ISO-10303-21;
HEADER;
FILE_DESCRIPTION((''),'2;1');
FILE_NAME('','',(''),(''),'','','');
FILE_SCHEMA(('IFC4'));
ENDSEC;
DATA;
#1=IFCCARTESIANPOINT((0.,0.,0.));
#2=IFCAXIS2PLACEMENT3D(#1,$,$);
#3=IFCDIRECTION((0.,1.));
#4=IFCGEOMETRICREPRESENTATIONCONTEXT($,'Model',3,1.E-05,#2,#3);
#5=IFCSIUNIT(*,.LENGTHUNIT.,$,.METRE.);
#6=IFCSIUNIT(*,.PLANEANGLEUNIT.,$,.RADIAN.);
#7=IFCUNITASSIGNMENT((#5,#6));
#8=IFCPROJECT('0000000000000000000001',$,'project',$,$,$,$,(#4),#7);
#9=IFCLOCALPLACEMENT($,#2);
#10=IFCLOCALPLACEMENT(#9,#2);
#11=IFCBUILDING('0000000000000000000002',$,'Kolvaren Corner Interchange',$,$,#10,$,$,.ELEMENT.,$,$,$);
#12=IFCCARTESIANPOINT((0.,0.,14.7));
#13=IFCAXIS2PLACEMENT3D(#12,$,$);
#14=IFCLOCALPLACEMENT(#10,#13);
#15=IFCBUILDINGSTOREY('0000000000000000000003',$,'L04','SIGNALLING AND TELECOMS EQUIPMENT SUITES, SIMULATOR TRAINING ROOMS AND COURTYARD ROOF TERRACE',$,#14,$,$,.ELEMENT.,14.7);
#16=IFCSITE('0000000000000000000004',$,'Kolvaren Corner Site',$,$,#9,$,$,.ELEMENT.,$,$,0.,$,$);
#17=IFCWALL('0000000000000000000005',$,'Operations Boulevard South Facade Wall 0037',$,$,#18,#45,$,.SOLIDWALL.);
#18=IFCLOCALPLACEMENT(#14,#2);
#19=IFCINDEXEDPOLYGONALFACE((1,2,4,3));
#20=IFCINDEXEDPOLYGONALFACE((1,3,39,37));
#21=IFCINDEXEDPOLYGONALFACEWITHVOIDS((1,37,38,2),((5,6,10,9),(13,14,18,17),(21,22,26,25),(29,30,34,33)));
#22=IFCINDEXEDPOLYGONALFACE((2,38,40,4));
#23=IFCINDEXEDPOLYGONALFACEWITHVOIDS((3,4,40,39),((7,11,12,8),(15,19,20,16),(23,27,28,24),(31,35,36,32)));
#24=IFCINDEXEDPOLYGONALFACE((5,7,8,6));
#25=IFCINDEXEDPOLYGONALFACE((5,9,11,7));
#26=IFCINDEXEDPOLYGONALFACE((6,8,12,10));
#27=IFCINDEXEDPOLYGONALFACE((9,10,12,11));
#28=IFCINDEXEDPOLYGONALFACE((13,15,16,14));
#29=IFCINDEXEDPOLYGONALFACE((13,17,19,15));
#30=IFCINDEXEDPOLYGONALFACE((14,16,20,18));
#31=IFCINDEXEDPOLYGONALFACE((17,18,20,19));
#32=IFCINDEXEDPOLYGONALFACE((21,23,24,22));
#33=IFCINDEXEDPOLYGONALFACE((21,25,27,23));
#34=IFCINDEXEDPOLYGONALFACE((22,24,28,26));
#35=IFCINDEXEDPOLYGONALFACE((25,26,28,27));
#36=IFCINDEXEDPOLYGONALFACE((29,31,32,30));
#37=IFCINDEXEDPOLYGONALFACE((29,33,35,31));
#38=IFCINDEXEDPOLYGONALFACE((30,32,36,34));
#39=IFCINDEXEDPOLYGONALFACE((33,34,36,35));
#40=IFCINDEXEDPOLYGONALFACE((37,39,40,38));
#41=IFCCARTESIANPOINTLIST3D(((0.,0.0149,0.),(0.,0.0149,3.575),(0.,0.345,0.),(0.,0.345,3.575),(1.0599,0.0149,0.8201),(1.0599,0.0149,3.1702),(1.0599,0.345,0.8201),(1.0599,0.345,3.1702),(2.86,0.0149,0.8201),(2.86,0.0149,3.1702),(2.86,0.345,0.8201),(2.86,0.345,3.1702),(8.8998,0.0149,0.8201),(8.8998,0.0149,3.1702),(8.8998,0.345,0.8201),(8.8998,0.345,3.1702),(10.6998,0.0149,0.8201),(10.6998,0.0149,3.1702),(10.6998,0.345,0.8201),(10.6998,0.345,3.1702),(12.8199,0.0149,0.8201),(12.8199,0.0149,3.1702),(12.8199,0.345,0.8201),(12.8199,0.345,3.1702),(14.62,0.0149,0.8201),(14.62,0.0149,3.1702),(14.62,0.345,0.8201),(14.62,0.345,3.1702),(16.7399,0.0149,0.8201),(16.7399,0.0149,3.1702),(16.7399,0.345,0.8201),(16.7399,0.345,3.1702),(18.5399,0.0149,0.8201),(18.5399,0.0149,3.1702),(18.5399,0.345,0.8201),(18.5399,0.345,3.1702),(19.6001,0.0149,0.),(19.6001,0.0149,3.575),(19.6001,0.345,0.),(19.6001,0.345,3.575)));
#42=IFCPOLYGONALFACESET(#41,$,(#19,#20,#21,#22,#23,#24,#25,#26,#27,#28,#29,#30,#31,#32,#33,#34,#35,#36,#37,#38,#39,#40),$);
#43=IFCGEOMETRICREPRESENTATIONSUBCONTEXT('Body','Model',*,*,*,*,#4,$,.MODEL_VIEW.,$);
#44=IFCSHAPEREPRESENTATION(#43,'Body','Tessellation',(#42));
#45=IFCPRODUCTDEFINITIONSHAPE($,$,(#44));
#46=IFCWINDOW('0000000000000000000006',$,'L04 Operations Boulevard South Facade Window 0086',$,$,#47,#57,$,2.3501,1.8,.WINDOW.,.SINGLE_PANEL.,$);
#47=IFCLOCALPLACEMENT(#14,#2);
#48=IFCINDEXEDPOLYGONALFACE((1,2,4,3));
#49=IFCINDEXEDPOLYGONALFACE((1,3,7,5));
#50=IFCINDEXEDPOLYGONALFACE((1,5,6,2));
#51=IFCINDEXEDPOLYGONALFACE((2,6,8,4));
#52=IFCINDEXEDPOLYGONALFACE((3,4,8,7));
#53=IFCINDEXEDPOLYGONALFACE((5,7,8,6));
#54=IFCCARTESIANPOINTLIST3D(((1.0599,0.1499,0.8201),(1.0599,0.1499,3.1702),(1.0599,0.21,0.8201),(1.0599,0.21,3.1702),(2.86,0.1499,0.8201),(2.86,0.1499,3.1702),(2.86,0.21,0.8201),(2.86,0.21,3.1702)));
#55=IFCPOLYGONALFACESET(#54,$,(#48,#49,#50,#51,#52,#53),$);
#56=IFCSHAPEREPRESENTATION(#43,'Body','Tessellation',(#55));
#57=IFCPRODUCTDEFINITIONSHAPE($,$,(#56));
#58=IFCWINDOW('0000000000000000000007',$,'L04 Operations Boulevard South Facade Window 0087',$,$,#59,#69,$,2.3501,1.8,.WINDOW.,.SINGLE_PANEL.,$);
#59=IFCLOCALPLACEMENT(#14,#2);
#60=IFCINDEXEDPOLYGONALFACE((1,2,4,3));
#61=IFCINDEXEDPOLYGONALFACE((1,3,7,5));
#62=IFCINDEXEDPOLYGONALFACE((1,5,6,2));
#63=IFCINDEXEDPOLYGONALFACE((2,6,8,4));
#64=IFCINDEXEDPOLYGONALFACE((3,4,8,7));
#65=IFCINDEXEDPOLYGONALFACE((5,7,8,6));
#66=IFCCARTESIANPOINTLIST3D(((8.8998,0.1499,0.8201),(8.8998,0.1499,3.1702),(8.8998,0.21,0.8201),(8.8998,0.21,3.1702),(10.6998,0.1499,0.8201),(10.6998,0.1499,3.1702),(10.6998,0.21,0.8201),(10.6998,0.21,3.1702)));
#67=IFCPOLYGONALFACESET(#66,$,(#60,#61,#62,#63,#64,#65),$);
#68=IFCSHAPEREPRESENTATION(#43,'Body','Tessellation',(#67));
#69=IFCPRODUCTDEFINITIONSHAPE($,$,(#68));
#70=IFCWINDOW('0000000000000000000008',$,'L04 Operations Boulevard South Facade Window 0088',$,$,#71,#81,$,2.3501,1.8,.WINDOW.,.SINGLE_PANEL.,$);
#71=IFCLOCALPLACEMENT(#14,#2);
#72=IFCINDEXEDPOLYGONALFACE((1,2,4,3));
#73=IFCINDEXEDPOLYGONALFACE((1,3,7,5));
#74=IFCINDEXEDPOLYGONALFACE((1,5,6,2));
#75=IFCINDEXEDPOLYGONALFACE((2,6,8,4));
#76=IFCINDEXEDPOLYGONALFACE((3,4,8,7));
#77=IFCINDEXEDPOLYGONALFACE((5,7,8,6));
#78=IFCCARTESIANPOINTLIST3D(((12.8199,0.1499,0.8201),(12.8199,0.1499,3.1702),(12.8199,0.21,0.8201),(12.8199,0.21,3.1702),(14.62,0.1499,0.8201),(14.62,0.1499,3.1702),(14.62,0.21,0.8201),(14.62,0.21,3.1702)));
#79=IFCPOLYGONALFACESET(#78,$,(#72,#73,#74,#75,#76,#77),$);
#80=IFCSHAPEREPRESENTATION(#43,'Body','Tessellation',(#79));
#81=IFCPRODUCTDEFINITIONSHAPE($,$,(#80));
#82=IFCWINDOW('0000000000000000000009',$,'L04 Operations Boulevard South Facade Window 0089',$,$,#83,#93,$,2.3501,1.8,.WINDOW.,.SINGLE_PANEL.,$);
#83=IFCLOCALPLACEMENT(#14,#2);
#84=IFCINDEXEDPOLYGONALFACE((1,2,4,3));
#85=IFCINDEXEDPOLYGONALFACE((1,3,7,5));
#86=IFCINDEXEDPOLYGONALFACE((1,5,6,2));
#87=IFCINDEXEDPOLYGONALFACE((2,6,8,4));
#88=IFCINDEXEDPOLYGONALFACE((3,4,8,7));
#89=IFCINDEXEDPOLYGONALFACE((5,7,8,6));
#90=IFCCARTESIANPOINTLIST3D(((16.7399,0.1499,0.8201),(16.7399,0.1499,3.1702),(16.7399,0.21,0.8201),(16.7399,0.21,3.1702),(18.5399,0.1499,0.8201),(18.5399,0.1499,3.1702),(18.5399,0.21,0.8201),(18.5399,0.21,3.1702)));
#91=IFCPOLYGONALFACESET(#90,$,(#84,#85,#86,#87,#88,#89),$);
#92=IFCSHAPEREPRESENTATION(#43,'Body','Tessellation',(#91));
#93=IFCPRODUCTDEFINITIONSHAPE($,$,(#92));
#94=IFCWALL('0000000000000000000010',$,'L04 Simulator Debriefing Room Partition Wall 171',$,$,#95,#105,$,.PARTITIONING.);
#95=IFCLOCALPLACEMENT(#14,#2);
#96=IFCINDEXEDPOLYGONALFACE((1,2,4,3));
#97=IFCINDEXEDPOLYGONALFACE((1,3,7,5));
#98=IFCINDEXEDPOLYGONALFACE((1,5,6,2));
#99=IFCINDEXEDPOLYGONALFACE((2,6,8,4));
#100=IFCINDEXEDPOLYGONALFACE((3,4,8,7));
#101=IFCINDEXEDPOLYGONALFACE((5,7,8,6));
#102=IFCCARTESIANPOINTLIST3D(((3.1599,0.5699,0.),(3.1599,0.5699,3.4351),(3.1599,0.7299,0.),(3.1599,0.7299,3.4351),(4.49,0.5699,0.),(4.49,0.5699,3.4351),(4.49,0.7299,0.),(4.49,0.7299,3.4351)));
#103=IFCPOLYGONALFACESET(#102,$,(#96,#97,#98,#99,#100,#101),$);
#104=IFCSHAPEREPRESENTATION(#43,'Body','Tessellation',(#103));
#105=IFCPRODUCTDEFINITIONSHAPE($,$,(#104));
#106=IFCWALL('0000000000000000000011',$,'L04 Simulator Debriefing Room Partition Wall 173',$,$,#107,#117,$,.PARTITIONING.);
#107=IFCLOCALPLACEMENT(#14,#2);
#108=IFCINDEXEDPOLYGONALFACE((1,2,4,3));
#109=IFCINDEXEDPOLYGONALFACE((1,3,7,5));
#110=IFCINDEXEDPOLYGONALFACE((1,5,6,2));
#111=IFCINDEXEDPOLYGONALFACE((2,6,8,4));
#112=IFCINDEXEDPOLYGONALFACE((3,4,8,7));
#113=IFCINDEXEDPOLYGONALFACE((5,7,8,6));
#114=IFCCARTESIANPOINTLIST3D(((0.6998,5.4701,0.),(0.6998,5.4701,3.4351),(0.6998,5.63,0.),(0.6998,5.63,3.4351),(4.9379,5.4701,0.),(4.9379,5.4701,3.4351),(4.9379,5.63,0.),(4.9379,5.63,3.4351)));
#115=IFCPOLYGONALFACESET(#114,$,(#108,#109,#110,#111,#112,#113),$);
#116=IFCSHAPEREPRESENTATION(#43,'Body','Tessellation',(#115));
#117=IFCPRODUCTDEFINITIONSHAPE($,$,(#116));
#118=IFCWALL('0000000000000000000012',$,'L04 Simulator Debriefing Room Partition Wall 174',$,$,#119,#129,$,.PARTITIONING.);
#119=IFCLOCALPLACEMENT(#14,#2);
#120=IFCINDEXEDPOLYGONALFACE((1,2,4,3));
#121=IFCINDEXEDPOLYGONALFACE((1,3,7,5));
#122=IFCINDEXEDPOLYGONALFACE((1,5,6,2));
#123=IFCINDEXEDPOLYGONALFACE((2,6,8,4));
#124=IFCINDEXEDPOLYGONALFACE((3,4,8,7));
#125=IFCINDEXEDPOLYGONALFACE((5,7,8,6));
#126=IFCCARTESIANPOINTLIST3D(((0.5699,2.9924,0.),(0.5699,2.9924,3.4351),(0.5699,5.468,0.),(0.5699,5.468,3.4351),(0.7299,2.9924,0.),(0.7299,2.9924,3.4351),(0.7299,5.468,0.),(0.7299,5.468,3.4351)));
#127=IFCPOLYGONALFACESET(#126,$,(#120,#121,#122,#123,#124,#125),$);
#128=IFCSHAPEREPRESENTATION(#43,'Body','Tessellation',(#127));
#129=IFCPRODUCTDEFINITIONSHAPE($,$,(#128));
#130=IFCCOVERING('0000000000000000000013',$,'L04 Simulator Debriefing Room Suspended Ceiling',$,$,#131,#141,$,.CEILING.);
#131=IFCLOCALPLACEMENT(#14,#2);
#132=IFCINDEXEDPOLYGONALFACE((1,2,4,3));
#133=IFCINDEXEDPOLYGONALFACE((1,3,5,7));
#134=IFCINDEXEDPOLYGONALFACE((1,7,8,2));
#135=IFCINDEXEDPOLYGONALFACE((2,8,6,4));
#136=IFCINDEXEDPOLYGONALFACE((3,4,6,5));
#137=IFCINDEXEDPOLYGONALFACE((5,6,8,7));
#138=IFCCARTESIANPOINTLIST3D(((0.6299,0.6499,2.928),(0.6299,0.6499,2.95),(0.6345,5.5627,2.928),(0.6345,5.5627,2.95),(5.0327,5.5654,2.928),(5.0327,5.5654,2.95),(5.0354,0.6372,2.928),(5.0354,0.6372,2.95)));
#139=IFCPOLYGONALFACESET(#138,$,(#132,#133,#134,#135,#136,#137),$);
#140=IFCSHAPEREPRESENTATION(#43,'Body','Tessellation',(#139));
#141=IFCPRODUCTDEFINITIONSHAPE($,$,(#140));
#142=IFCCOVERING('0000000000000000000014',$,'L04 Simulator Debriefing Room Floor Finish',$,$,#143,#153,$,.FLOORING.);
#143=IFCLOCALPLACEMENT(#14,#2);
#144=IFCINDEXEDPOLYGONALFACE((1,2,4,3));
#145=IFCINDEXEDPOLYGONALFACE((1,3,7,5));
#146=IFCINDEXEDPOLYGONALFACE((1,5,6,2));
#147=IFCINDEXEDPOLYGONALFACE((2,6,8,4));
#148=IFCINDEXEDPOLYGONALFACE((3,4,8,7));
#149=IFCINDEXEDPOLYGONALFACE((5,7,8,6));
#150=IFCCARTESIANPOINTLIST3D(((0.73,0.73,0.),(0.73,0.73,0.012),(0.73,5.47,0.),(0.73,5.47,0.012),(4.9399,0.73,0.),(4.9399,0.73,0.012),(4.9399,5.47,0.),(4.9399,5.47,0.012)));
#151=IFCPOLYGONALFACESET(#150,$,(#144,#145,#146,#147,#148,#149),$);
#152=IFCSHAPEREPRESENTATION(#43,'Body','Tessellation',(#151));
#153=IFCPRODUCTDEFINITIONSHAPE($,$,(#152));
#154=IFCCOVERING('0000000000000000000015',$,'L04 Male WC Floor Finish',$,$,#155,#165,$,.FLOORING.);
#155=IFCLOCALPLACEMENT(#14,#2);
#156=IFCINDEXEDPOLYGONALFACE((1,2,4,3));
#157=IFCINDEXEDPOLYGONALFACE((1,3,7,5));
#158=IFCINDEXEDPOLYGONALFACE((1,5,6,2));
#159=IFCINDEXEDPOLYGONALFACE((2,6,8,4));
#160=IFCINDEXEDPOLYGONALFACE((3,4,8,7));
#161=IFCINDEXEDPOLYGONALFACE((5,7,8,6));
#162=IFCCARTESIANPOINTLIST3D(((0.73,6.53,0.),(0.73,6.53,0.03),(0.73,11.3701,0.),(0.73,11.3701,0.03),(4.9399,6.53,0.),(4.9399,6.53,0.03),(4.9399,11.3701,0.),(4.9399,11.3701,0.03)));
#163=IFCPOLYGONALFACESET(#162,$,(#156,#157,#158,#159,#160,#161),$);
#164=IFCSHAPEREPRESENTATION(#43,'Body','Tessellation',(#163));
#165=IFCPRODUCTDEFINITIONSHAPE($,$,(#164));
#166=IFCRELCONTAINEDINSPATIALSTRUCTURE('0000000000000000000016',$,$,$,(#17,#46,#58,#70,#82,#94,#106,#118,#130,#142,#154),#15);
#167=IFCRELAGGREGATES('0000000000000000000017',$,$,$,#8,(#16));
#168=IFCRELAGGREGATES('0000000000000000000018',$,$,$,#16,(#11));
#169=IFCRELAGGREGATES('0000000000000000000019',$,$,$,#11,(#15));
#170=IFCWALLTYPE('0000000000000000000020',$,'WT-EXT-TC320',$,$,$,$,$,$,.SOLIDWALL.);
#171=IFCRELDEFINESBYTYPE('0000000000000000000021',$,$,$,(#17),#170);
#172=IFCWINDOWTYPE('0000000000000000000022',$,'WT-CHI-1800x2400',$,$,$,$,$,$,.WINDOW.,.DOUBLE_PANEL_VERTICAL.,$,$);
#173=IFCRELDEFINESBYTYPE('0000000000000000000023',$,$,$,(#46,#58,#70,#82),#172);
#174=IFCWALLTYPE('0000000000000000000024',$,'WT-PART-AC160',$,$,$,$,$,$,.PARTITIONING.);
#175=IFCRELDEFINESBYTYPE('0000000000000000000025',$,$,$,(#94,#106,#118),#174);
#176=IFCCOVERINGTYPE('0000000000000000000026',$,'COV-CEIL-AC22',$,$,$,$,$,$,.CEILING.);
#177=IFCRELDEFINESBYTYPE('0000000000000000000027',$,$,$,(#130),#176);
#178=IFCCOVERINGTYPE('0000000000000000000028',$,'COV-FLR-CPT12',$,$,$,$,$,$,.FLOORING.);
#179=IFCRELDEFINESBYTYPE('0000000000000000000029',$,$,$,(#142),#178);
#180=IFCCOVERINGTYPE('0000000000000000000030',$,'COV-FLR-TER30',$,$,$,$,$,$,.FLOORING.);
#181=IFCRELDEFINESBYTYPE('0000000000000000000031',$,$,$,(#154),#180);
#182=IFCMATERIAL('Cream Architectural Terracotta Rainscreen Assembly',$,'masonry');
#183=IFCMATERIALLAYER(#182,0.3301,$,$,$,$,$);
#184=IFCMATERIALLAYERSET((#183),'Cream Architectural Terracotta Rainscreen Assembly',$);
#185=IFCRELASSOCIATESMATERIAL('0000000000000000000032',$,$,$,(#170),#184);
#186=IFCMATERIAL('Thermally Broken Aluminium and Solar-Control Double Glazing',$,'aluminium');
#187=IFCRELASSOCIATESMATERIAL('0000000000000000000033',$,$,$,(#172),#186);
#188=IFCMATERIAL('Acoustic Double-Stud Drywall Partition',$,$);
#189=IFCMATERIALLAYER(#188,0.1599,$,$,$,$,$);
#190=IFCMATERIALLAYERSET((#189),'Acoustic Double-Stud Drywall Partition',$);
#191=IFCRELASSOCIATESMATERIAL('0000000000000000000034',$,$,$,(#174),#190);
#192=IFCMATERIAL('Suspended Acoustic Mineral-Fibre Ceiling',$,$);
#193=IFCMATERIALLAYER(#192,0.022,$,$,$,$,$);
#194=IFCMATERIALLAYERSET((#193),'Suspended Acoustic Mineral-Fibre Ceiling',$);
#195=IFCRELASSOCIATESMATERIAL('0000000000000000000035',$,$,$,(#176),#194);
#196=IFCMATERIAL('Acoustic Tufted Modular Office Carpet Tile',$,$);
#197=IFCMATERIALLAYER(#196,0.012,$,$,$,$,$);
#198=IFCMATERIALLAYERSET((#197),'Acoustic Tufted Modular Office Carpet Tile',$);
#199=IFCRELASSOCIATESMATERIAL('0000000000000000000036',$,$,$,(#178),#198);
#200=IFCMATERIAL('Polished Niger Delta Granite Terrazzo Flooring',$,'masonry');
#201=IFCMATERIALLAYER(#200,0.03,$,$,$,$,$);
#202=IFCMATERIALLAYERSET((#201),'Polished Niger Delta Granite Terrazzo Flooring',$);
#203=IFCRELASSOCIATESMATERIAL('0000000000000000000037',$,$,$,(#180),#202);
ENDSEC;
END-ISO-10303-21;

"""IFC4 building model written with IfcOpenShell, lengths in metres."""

from ifc_helpers import new_model, si_unit, direction, frame, frame_2d, origin, place, context, subcontext, project, spatial, polyline, rectangle, outline, extrude, material, layer, layer_set, type_object, element, fill, save


model = new_model("IFC4")

# Units and contexts
model_context = context("Model", 3, precision=1e-05, world=origin(), true_north=direction((0.0, 1.0)))
body_context = subcontext(model_context, "Body", "Model", "MODEL_VIEW")
ifc_project = project(units=[si_unit("LENGTHUNIT", "METRE"), si_unit("PLANEANGLEUNIT", "RADIAN")], contexts=[model_context])

# Site, building, storey
site_placement = place(None, origin())
site = spatial("IfcSite", under=ifc_project, at=site_placement, Name="Kolvaren Corner Site", CompositionType="ELEMENT", RefElevation=0.0)
building_placement = place(site_placement, origin())
building = spatial("IfcBuilding", under=site, at=building_placement, Name="Kolvaren Corner Interchange", CompositionType="ELEMENT")
storey_placement = place(building_placement, frame((0.0, 0.0, 14.7)))
storey = spatial("IfcBuildingStorey", under=building, at=storey_placement, Name="L04", Description="SIGNALLING AND TELECOMS EQUIPMENT SUITES, SIMULATOR TRAINING ROOMS AND COURTYARD ROOF TERRACE", CompositionType="ELEMENT", Elevation=14.7)

# Wall, openings, windows
ifc_material_1 = material(Name="Cream Architectural Terracotta Rainscreen Assembly", Category="masonry")
ifc_layer_1 = layer(ifc_material_1, 0.3301)
ifc_layer_set_1 = layer_set([ifc_layer_1], Name="Cream Architectural Terracotta Rainscreen Assembly")
wall_type_1 = type_object("IfcWallType", Name="WT-EXT-TC320", PredefinedType="SOLIDWALL", material=ifc_layer_set_1)
wall_1_placement = place(storey_placement, frame((0.0, 0.1799, 0.0), z_axis=(0.0, 0.0, 1.0), x_axis=(1.0, 0.0, 0.0)))
wall_1 = element("IfcWall", 1, at=wall_1_placement, inside=storey, type_object=wall_type_1, Name="Operations Boulevard South Facade Wall 0037", PredefinedType="SOLIDWALL", context=body_context, shape_type="SweptSolid", body=[
    extrude(rectangle(XDim=19.6001, YDim=0.3301, at=frame_2d((9.8, 0.0))), origin(), (0.0, 0.0, 1.0), 3.575),
])
opening_1_placement = place(wall_1_placement, frame((1.0601, 0.0, 0.8201)))
opening_1 = element("IfcOpeningElement", 2, at=opening_1_placement, cuts=wall_1, PredefinedType="OPENING", context=body_context, shape_type="SweptSolid", body=[
    extrude(rectangle(XDim=1.8, YDim=2.3501, at=frame_2d((0.8999, 1.175))), frame((0.0, 0.175, 0.0), z_axis=(0.0, -1.0, 0.0), x_axis=(1.0, 0.0, 0.0)), (0.0, 0.0, 1.0), 0.3501),
])
opening_2_placement = place(wall_1_placement, frame((8.8999, 0.0, 0.8201)))
opening_2 = element("IfcOpeningElement", 3, at=opening_2_placement, cuts=wall_1, PredefinedType="OPENING", context=body_context, shape_type="SweptSolid", body=[
    extrude(rectangle(XDim=1.8, YDim=2.3501, at=frame_2d((0.8999, 1.175))), frame((0.0, 0.175, 0.0), z_axis=(0.0, -1.0, 0.0), x_axis=(1.0, 0.0, 0.0)), (0.0, 0.0, 1.0), 0.3501),
])
opening_3_placement = place(wall_1_placement, frame((12.8201, 0.0, 0.8201)))
opening_3 = element("IfcOpeningElement", 4, at=opening_3_placement, cuts=wall_1, PredefinedType="OPENING", context=body_context, shape_type="SweptSolid", body=[
    extrude(rectangle(XDim=1.8, YDim=2.3501, at=frame_2d((0.8999, 1.175))), frame((0.0, 0.175, 0.0), z_axis=(0.0, -1.0, 0.0), x_axis=(1.0, 0.0, 0.0)), (0.0, 0.0, 1.0), 0.3501),
])
opening_4_placement = place(wall_1_placement, frame((16.74, 0.0, 0.8201)))
opening_4 = element("IfcOpeningElement", 5, at=opening_4_placement, cuts=wall_1, PredefinedType="OPENING", context=body_context, shape_type="SweptSolid", body=[
    extrude(rectangle(XDim=1.8, YDim=2.3501, at=frame_2d((0.8999, 1.175))), frame((0.0, 0.175, 0.0), z_axis=(0.0, -1.0, 0.0), x_axis=(1.0, 0.0, 0.0)), (0.0, 0.0, 1.0), 0.3501),
])
ifc_material_2 = material(Name="Thermally Broken Aluminium and Solar-Control Double Glazing", Category="aluminium")
window_type = type_object("IfcWindowType", Name="WT-CHI-1800x2400", PartitioningType="DOUBLE_PANEL_VERTICAL", PredefinedType="WINDOW", material=ifc_material_2)
window_1_placement = place(opening_1_placement, origin())
window_1 = element("IfcWindow", 6, at=window_1_placement, inside=storey, type_object=window_type, Name="L04 Operations Boulevard South Facade Window 0086", OverallHeight=2.3501, OverallWidth=1.8, PartitioningType="SINGLE_PANEL", PredefinedType="WINDOW", context=body_context, shape_type="SweptSolid", body=[
    extrude(rectangle(XDim=1.8, YDim=2.3501, at=frame_2d((0.8999, 1.175))), frame((0.0, 0.03, 0.0), z_axis=(0.0, -1.0, 0.0), x_axis=(1.0, 0.0, 0.0)), (0.0, 0.0, 1.0), 0.0601),
])
fill(opening_1, window_1)
window_2_placement = place(opening_2_placement, origin())
window_2 = element("IfcWindow", 7, at=window_2_placement, inside=storey, type_object=window_type, Name="L04 Operations Boulevard South Facade Window 0087", OverallHeight=2.3501, OverallWidth=1.8, PartitioningType="SINGLE_PANEL", PredefinedType="WINDOW", context=body_context, shape_type="SweptSolid", body=[
    extrude(rectangle(XDim=1.8, YDim=2.3501, at=frame_2d((0.8999, 1.175))), frame((0.0, 0.03, 0.0), z_axis=(0.0, -1.0, 0.0), x_axis=(1.0, 0.0, 0.0)), (0.0, 0.0, 1.0), 0.0601),
])
fill(opening_2, window_2)
window_3_placement = place(opening_3_placement, origin())
window_3 = element("IfcWindow", 8, at=window_3_placement, inside=storey, type_object=window_type, Name="L04 Operations Boulevard South Facade Window 0088", OverallHeight=2.3501, OverallWidth=1.8, PartitioningType="SINGLE_PANEL", PredefinedType="WINDOW", context=body_context, shape_type="SweptSolid", body=[
    extrude(rectangle(XDim=1.8, YDim=2.3501, at=frame_2d((0.8999, 1.175))), frame((0.0, 0.03, 0.0), z_axis=(0.0, -1.0, 0.0), x_axis=(1.0, 0.0, 0.0)), (0.0, 0.0, 1.0), 0.0601),
])
fill(opening_3, window_3)
window_4_placement = place(opening_4_placement, origin())
window_4 = element("IfcWindow", 9, at=window_4_placement, inside=storey, type_object=window_type, Name="L04 Operations Boulevard South Facade Window 0089", OverallHeight=2.3501, OverallWidth=1.8, PartitioningType="SINGLE_PANEL", PredefinedType="WINDOW", context=body_context, shape_type="SweptSolid", body=[
    extrude(rectangle(XDim=1.8, YDim=2.3501, at=frame_2d((0.8999, 1.175))), frame((0.0, 0.03, 0.0), z_axis=(0.0, -1.0, 0.0), x_axis=(1.0, 0.0, 0.0)), (0.0, 0.0, 1.0), 0.0601),
])
fill(opening_4, window_4)

# Wall
ifc_material_3 = material(Name="Acoustic Double-Stud Drywall Partition")
ifc_layer_2 = layer(ifc_material_3, 0.1599)
ifc_layer_set_2 = layer_set([ifc_layer_2], Name="Acoustic Double-Stud Drywall Partition")
wall_type_2 = type_object("IfcWallType", Name="WT-PART-AC160", PredefinedType="PARTITIONING", material=ifc_layer_set_2)
wall_2_placement = place(storey_placement, frame((3.1599, 0.6499, 0.0), z_axis=(0.0, 0.0, 1.0), x_axis=(1.0, 0.0, 0.0)))
element("IfcWall", 10, at=wall_2_placement, inside=storey, type_object=wall_type_2, Name="L04 Simulator Debriefing Room Partition Wall 171", PredefinedType="PARTITIONING", context=body_context, shape_type="SweptSolid", body=[
    extrude(rectangle(XDim=1.3301, YDim=0.1599, at=frame_2d((0.665, 0.0))), origin(), (0.0, 0.0, 1.0), 3.4351),
])

# Walls
wall_3_placement = place(storey_placement, frame((4.938, 5.55, 0.0), z_axis=(0.0, 0.0, 1.0), x_axis=(-1.0, 0.0, 0.0)))
element("IfcWall", 11, at=wall_3_placement, inside=storey, type_object=wall_type_2, Name="L04 Simulator Debriefing Room Partition Wall 173", PredefinedType="PARTITIONING", context=body_context, shape_type="SweptSolid", body=[
    extrude(rectangle(XDim=4.238, YDim=0.1599, at=frame_2d((2.1191, 0.0))), origin(), (0.0, 0.0, 1.0), 3.4351),
])
wall_4_placement = place(storey_placement, frame((0.6499, 5.468, 0.0), z_axis=(0.0, 0.0, 1.0), x_axis=(0.0, -1.0, 0.0)))
element("IfcWall", 12, at=wall_4_placement, inside=storey, type_object=wall_type_2, Name="L04 Simulator Debriefing Room Partition Wall 174", PredefinedType="PARTITIONING", context=body_context, shape_type="SweptSolid", body=[
    extrude(rectangle(XDim=2.4756, YDim=0.1599, at=frame_2d((1.2378, 0.0))), origin(), (0.0, 0.0, 1.0), 3.4351),
])

# Coverings
ifc_material_4 = material(Name="Suspended Acoustic Mineral-Fibre Ceiling")
ifc_layer_3 = layer(ifc_material_4, 0.022)
ifc_layer_set_3 = layer_set([ifc_layer_3], Name="Suspended Acoustic Mineral-Fibre Ceiling")
covering_type_1 = type_object("IfcCoveringType", Name="COV-CEIL-AC22", PredefinedType="CEILING", material=ifc_layer_set_3)
covering_1_placement = place(storey_placement, frame((0.0, 0.0, 2.928)))
element("IfcCovering", 13, at=covering_1_placement, inside=storey, type_object=covering_type_1, Name="L04 Simulator Debriefing Room Suspended Ceiling", PredefinedType="CEILING", context=body_context, shape_type="SweptSolid", body=[
    extrude(outline(polyline([(0.6299, 0.6499), (5.0354, 0.6372), (5.0327, 5.5654), (0.6345, 5.5627), (0.6299, 0.6499)])), origin(), (0.0, 0.0, 1.0), 0.022),
])
ifc_material_5 = material(Name="Acoustic Tufted Modular Office Carpet Tile")
ifc_layer_4 = layer(ifc_material_5, 0.012)
ifc_layer_set_4 = layer_set([ifc_layer_4], Name="Acoustic Tufted Modular Office Carpet Tile")
covering_type_2 = type_object("IfcCoveringType", Name="COV-FLR-CPT12", PredefinedType="FLOORING", material=ifc_layer_set_4)
covering_2_placement = place(storey_placement, origin())
element("IfcCovering", 14, at=covering_2_placement, inside=storey, type_object=covering_type_2, Name="L04 Simulator Debriefing Room Floor Finish", PredefinedType="FLOORING", context=body_context, shape_type="SweptSolid", body=[
    extrude(outline(polyline([(0.73, 0.73), (4.9399, 0.73), (4.9399, 5.47), (0.73, 5.47), (0.73, 0.73)])), origin(), (0.0, 0.0, 1.0), 0.012),
])
ifc_material_6 = material(Name="Polished Niger Delta Granite Terrazzo Flooring", Category="masonry")
ifc_layer_5 = layer(ifc_material_6, 0.03)
ifc_layer_set_5 = layer_set([ifc_layer_5], Name="Polished Niger Delta Granite Terrazzo Flooring")
covering_type_3 = type_object("IfcCoveringType", Name="COV-FLR-TER30", PredefinedType="FLOORING", material=ifc_layer_set_5)
covering_3_placement = place(storey_placement, origin())
element("IfcCovering", 15, at=covering_3_placement, inside=storey, type_object=covering_type_3, Name="L04 Male WC Floor Finish", PredefinedType="FLOORING", context=body_context, shape_type="SweptSolid", body=[
    extrude(outline(polyline([(0.73, 6.53), (4.9399, 6.53), (4.9399, 11.3701), (0.73, 11.3701), (0.73, 6.53)])), origin(), (0.0, 0.0, 1.0), 0.03),
])

save(model, "model.ifc")
